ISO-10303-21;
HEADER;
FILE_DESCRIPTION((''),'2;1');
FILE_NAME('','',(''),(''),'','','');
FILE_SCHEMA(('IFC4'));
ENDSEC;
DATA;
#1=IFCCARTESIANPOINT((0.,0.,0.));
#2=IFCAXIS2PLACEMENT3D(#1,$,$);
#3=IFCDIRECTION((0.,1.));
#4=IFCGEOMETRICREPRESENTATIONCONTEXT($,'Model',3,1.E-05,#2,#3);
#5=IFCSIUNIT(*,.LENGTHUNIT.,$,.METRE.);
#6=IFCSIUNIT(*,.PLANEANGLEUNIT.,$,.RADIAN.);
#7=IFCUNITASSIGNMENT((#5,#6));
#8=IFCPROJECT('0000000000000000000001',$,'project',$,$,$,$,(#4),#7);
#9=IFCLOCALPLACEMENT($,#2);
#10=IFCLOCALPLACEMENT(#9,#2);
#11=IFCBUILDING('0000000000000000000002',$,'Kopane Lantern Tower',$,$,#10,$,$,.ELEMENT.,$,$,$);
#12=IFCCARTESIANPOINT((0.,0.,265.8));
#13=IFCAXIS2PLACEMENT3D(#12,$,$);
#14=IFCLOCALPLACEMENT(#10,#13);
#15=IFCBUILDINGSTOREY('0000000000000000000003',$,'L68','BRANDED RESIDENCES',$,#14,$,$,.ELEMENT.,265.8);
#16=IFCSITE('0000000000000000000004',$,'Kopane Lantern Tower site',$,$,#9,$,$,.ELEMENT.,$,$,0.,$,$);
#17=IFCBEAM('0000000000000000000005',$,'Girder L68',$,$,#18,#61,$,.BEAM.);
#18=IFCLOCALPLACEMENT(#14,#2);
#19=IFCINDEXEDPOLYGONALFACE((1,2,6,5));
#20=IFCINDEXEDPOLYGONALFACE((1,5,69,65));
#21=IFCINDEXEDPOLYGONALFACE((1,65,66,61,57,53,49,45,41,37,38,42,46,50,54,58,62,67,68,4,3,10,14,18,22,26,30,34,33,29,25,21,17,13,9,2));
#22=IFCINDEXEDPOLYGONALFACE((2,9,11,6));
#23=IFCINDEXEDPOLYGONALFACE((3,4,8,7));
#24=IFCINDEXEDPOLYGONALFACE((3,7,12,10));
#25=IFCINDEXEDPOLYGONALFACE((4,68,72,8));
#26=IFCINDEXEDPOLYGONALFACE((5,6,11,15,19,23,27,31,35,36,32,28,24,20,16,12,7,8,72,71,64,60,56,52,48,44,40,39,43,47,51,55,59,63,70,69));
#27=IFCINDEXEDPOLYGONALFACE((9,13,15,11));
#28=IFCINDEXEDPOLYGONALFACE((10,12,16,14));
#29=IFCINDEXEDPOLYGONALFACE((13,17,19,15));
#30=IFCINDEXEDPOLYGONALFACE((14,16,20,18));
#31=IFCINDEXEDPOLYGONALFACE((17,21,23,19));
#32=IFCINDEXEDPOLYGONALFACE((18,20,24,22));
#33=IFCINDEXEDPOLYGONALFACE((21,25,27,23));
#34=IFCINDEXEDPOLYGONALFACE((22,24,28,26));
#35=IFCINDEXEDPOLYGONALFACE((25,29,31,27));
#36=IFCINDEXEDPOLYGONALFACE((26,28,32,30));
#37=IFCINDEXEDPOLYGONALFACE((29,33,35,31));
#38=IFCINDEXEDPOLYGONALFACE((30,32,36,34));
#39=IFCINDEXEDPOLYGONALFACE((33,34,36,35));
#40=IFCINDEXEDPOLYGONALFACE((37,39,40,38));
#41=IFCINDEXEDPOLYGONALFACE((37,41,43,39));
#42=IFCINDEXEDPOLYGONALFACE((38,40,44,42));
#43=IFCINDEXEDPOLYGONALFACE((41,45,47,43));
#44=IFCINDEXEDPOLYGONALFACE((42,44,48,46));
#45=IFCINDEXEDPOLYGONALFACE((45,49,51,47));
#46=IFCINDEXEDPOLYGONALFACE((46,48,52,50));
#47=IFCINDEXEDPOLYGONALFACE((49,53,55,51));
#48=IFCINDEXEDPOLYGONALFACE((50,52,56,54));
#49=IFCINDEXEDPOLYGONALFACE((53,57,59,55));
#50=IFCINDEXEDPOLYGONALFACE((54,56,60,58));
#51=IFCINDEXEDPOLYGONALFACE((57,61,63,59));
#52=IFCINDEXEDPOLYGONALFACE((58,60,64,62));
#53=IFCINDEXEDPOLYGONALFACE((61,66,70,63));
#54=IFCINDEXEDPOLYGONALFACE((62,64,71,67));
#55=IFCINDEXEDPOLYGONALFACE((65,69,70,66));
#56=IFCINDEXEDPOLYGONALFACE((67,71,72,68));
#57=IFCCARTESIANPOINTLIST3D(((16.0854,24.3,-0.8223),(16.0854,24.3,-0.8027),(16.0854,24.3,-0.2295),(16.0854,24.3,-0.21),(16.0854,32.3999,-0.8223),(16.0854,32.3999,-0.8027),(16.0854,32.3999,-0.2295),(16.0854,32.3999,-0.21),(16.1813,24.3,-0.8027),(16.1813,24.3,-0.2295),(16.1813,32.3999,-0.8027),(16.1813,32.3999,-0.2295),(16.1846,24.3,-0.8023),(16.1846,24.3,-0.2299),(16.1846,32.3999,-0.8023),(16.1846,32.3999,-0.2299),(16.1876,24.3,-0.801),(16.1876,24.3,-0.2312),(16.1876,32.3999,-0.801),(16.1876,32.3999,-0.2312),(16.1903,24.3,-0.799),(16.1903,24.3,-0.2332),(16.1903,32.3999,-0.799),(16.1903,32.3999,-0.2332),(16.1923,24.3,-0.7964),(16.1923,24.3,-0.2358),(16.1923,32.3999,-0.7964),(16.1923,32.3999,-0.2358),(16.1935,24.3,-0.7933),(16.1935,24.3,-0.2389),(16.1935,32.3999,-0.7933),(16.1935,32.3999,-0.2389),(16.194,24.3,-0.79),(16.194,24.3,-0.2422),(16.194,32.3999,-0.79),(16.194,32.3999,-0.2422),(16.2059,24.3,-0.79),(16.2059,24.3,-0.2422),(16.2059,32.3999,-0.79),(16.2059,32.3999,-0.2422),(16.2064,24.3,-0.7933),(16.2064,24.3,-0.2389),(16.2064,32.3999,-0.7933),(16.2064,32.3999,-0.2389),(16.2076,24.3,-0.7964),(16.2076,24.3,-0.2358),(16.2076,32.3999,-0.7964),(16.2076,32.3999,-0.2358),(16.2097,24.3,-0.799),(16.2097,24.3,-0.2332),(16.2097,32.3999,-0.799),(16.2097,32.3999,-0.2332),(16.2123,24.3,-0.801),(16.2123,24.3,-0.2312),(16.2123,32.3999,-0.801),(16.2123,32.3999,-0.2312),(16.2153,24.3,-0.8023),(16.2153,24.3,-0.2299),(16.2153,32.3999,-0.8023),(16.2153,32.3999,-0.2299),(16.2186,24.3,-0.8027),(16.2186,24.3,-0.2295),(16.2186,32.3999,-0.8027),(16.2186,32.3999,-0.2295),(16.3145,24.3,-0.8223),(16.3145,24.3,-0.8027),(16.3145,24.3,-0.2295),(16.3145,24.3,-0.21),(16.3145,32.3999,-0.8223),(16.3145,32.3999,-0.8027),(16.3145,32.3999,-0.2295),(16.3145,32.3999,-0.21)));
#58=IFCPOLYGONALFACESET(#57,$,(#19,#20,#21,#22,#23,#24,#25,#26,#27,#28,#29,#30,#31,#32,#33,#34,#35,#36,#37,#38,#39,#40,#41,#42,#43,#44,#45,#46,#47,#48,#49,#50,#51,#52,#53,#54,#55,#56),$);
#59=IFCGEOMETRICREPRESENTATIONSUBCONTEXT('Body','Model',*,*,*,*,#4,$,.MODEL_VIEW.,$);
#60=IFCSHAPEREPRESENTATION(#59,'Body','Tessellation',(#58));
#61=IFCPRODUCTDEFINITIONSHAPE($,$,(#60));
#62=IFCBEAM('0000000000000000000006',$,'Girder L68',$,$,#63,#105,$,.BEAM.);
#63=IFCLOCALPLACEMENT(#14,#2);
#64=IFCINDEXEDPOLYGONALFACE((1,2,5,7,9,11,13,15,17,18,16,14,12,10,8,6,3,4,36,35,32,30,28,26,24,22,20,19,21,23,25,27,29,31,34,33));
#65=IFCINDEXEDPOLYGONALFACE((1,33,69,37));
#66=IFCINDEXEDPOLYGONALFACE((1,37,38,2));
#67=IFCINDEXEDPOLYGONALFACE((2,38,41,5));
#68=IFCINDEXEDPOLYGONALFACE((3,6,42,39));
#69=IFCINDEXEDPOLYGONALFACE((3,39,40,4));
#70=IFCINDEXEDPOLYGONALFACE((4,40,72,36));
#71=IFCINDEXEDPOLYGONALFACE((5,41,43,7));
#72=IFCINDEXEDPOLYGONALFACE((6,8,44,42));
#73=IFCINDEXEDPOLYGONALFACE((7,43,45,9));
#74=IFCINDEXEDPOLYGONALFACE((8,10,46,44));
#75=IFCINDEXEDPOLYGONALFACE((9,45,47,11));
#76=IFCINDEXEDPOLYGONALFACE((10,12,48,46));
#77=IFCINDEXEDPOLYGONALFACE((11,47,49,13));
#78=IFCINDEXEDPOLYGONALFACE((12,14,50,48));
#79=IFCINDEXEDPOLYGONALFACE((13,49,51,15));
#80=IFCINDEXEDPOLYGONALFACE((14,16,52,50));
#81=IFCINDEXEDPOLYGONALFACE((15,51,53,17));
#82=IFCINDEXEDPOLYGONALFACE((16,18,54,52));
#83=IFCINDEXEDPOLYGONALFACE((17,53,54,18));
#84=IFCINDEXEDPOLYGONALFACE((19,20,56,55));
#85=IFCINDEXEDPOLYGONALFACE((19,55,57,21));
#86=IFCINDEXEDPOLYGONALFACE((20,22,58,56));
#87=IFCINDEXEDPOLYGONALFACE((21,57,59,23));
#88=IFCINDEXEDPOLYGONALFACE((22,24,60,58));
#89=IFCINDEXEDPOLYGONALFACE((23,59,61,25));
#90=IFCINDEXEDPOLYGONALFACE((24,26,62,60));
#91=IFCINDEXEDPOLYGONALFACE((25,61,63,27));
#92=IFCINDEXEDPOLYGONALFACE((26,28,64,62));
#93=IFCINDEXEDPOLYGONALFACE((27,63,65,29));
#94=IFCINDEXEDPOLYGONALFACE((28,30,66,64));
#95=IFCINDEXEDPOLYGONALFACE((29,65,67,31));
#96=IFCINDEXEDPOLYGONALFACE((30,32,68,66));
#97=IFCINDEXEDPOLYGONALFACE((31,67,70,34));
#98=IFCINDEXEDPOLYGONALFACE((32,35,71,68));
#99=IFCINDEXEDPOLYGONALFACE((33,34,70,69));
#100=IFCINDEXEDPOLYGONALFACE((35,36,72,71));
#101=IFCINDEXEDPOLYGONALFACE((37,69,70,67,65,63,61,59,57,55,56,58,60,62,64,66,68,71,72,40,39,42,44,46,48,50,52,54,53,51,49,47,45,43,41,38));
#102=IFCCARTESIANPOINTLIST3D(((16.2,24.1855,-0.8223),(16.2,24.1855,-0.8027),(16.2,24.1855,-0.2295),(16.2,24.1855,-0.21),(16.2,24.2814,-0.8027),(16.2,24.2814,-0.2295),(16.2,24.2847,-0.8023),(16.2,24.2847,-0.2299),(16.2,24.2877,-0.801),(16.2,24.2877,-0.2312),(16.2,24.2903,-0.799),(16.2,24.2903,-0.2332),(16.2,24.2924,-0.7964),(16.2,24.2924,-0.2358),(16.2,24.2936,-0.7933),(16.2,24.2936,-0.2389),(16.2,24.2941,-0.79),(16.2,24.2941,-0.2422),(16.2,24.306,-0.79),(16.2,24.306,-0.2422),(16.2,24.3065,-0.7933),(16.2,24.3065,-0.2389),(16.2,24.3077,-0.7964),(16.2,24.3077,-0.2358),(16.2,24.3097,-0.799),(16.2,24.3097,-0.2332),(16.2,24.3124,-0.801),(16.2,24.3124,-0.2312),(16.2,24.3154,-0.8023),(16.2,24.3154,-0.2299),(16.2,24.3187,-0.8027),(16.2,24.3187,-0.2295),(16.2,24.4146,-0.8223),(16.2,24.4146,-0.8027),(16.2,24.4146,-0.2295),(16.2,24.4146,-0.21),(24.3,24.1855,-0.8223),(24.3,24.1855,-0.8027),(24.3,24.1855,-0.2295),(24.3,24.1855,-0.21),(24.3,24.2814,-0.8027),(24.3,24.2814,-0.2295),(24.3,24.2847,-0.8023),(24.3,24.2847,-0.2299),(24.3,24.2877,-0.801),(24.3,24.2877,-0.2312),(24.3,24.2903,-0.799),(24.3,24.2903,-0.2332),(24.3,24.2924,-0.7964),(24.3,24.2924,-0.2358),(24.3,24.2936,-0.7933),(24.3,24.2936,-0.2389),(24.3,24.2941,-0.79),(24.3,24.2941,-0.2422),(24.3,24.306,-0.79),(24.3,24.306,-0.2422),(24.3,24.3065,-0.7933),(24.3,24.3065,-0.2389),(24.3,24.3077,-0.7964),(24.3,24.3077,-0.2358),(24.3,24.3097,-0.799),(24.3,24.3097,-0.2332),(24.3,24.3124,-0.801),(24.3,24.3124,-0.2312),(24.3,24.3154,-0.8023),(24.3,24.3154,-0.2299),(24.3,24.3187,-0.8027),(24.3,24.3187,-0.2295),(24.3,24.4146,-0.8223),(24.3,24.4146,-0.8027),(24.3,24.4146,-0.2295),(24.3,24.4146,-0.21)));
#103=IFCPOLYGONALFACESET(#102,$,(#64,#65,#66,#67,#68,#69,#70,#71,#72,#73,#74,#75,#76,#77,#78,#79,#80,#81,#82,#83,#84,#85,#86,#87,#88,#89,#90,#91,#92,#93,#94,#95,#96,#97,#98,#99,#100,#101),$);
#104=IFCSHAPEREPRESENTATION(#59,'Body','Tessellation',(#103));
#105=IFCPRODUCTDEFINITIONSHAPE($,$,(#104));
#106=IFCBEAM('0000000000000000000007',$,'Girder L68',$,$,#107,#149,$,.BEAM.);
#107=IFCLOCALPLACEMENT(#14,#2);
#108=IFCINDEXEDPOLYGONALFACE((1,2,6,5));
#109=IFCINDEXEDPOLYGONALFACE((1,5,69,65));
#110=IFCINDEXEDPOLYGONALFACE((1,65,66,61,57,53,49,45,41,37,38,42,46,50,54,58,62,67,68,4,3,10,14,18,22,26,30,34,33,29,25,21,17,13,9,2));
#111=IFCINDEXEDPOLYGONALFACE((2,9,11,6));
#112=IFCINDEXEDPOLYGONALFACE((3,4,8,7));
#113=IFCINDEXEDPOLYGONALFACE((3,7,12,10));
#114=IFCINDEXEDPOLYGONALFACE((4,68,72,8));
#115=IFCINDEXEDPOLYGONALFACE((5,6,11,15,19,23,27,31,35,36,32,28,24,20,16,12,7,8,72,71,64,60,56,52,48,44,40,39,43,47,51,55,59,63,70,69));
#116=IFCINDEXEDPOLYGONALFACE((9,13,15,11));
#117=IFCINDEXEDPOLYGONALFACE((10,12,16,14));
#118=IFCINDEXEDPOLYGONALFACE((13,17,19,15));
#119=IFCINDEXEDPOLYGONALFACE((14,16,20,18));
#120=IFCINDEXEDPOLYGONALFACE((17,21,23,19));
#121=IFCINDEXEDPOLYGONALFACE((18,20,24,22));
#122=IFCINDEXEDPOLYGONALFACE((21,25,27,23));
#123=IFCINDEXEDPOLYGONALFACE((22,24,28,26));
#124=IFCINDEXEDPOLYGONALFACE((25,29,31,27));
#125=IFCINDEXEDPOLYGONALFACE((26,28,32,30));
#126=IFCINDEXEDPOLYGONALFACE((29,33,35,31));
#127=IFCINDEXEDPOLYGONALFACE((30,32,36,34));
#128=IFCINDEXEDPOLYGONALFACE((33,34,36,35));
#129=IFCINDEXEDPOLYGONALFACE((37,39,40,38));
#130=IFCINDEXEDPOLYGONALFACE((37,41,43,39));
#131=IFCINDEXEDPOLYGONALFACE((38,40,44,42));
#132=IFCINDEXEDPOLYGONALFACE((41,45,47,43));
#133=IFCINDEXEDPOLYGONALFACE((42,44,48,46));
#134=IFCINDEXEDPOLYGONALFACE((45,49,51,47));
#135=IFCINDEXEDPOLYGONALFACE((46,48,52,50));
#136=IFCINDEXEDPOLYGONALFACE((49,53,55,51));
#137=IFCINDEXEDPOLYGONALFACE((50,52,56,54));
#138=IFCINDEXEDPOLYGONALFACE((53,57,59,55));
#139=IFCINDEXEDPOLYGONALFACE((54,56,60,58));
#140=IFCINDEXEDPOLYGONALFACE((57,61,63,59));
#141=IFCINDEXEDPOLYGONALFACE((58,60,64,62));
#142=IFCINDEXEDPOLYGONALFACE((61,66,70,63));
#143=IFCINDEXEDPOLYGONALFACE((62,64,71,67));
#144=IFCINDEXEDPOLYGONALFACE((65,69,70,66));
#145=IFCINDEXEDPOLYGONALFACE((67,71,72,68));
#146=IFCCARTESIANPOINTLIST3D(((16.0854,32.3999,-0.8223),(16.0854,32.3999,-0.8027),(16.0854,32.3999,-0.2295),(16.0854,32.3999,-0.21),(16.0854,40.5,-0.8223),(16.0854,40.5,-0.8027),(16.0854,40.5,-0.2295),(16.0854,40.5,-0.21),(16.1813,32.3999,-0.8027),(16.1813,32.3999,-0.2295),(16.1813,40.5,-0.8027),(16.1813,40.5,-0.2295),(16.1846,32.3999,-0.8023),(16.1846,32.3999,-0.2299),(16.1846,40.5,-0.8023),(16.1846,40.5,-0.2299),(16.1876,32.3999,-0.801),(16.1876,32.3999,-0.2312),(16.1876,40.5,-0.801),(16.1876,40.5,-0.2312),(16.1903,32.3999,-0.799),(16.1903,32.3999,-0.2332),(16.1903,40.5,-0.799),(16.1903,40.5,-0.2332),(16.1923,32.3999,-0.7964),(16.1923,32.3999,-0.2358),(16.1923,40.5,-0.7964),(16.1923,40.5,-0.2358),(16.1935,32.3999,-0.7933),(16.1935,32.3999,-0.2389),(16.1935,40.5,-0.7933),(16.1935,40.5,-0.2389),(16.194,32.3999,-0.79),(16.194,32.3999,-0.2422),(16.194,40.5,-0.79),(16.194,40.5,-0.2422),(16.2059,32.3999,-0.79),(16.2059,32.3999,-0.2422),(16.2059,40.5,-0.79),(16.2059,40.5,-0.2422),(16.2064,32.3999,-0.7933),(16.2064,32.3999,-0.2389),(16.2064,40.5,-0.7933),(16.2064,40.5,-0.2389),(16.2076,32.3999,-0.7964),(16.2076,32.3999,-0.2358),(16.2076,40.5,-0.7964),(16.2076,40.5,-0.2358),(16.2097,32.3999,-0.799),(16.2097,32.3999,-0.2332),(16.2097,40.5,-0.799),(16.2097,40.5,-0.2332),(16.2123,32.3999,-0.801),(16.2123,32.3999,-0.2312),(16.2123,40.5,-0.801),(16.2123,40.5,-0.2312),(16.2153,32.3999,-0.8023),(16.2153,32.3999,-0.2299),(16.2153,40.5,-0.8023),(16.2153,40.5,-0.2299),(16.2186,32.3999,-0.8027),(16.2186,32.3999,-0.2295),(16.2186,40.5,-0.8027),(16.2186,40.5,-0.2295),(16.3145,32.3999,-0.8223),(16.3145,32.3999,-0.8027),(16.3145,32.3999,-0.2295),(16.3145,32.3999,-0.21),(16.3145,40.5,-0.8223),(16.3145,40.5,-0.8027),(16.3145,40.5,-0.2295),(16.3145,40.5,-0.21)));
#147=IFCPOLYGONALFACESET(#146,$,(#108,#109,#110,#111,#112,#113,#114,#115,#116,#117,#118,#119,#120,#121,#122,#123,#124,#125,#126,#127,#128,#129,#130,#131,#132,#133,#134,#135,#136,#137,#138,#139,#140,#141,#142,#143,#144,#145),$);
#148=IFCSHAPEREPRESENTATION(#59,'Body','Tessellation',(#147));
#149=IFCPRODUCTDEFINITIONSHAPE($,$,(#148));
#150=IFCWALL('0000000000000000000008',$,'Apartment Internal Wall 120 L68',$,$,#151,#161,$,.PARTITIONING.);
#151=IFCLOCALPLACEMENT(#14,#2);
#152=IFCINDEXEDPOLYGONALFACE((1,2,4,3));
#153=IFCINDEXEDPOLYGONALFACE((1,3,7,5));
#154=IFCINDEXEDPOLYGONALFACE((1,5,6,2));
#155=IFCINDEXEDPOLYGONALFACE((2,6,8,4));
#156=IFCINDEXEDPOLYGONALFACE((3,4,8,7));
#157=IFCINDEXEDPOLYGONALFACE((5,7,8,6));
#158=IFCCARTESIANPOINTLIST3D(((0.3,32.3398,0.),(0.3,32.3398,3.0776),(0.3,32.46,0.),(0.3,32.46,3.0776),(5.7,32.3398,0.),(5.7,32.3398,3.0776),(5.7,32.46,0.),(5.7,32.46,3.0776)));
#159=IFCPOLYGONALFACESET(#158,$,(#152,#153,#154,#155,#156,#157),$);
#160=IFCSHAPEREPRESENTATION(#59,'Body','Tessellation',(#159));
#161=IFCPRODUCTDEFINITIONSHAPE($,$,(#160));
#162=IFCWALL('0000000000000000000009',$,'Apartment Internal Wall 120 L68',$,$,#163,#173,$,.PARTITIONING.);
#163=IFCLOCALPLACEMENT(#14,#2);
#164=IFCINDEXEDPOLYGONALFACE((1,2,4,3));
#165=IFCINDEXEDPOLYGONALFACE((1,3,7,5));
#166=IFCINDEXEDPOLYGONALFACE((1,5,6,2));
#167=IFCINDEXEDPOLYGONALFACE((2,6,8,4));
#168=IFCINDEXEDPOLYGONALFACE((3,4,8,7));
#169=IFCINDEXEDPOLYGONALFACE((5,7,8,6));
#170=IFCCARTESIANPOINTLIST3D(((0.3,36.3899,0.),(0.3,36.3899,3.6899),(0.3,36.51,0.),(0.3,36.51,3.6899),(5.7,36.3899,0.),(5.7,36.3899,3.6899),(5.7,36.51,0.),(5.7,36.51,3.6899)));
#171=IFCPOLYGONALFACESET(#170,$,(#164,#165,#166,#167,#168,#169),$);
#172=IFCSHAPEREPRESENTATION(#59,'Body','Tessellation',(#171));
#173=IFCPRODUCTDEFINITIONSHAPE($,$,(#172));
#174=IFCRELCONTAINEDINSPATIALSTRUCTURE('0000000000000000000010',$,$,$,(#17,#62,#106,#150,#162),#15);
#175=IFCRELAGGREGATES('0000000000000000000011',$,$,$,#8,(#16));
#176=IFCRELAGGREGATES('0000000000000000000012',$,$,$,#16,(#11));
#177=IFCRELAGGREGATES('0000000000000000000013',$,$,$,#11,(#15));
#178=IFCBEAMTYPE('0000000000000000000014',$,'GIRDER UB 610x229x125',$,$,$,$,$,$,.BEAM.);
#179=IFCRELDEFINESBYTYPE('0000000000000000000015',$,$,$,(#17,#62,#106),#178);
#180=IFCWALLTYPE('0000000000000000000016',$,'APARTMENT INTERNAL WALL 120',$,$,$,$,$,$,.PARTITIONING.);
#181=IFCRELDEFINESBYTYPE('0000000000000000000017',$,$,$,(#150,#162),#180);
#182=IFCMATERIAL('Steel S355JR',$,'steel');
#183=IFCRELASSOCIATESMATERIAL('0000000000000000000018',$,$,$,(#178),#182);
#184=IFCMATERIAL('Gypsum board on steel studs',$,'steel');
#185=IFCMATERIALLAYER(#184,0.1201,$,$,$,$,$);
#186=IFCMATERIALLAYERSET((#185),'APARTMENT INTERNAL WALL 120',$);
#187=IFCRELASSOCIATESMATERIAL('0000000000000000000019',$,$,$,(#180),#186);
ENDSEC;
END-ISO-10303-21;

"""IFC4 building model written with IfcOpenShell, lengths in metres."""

from ifc_helpers import new_model, si_unit, direction, frame, frame_2d, origin, origin_2d, place, context, subcontext, project, spatial, rectangle, i_section, extrude, material, layer, layer_set, material_profile, profile_set, type_object, element, save


model = new_model("IFC4")

# Units and contexts
model_context = context("Model", 3, precision=1e-05, world=origin(), true_north=direction((0.0, 1.0)))
body_context = subcontext(model_context, "Body", "Model", "MODEL_VIEW")
ifc_project = project(units=[si_unit("LENGTHUNIT", "METRE"), si_unit("PLANEANGLEUNIT", "RADIAN")], contexts=[model_context])

# Site, building, storey
site_placement = place(None, origin())
site = spatial("IfcSite", under=ifc_project, at=site_placement, Name="Kopane Lantern Tower site", CompositionType="ELEMENT", RefElevation=0.0)
building_placement = place(site_placement, origin())
building = spatial("IfcBuilding", under=site, at=building_placement, Name="Kopane Lantern Tower", CompositionType="ELEMENT")
storey_placement = place(building_placement, frame((0.0, 0.0, 265.8)))
storey = spatial("IfcBuildingStorey", under=building, at=storey_placement, Name="L68", Description="BRANDED RESIDENCES", CompositionType="ELEMENT", Elevation=265.8)

# Beams
ifc_material_1 = material(Name="Steel S355JR", Category="steel")
ifc_material_profile_1 = material_profile(ifc_material_1, i_section(OverallWidth=0.229, OverallDepth=0.6123, WebThickness=0.012, FlangeThickness=0.0195, FilletRadius=0.0127, at=origin_2d()), Name="UB 610x229x125")
ifc_profile_set_1 = profile_set([ifc_material_profile_1], Name="Steel S355JR")
beam_type = type_object("IfcBeamType", Name="GIRDER UB 610x229x125", PredefinedType="BEAM", material=ifc_profile_set_1)
for number, where, z_axis, x_axis, name in (
    (1, (16.2, 24.3, -0.5161), (0.0, 1.0, 0.0), (-1.0, 0.0, 0.0), "Girder L68"),
):
    element("IfcBeam", number, at=place(storey_placement, frame(where, z_axis=z_axis, x_axis=x_axis)), inside=storey, type_object=beam_type, Name=name, PredefinedType="BEAM", context=body_context, shape_type="SweptSolid", body=[
        extrude(i_section(OverallWidth=0.229, OverallDepth=0.6123, WebThickness=0.012, FlangeThickness=0.0195, FilletRadius=0.0127, at=origin_2d()), origin(), (0.0, 0.0, 1.0), 8.0999),
    ])
for number, where, z_axis, x_axis, name in (
    (2, (16.2, 24.3, -0.5161), (1.0, 0.0, 0.0), (0.0, 1.0, 0.0), "Girder L68"),
    (3, (16.2, 32.3999, -0.5161), (0.0, 1.0, 0.0), (-1.0, 0.0, 0.0), "Girder L68"),
):
    element("IfcBeam", number, at=place(storey_placement, frame(where, z_axis=z_axis, x_axis=x_axis)), inside=storey, type_object=beam_type, Name=name, PredefinedType="BEAM", context=body_context, shape_type="SweptSolid", body=[
        extrude(i_section(OverallWidth=0.229, OverallDepth=0.6123, WebThickness=0.012, FlangeThickness=0.0195, FilletRadius=0.0127, at=origin_2d()), origin(), (0.0, 0.0, 1.0), 8.1001),
    ])

# Walls
ifc_material_2 = material(Name="Gypsum board on steel studs", Category="steel")
ifc_layer_1 = layer(ifc_material_2, 0.1201)
ifc_layer_set_1 = layer_set([ifc_layer_1], Name="APARTMENT INTERNAL WALL 120")
wall_type_1 = type_object("IfcWallType", Name="APARTMENT INTERNAL WALL 120", PredefinedType="PARTITIONING", material=ifc_layer_set_1)
wall_1_placement = place(storey_placement, frame((5.7, 32.3999, 0.0), z_axis=(0.0, 0.0, 1.0), x_axis=(-1.0, 0.0, 0.0)))
element("IfcWall", 4, at=wall_1_placement, inside=storey, type_object=wall_type_1, Name="Apartment Internal Wall 120 L68", PredefinedType="PARTITIONING", context=body_context, shape_type="SweptSolid", body=[
    extrude(rectangle(XDim=5.3999, YDim=0.1201, at=frame_2d((2.7, 0.0))), origin(), (0.0, 0.0, 1.0), 3.0776),
])
wall_2_placement = place(storey_placement, frame((5.7, 36.45, 0.0), z_axis=(0.0, 0.0, 1.0), x_axis=(-1.0, 0.0, 0.0)))
element("IfcWall", 5, at=wall_2_placement, inside=storey, type_object=wall_type_1, Name="Apartment Internal Wall 120 L68", PredefinedType="PARTITIONING", context=body_context, shape_type="SweptSolid", body=[
    extrude(rectangle(XDim=5.3999, YDim=0.1201, at=frame_2d((2.7, 0.0))), origin(), (0.0, 0.0, 1.0), 3.6899),
])

save(model, "model.ifc")
